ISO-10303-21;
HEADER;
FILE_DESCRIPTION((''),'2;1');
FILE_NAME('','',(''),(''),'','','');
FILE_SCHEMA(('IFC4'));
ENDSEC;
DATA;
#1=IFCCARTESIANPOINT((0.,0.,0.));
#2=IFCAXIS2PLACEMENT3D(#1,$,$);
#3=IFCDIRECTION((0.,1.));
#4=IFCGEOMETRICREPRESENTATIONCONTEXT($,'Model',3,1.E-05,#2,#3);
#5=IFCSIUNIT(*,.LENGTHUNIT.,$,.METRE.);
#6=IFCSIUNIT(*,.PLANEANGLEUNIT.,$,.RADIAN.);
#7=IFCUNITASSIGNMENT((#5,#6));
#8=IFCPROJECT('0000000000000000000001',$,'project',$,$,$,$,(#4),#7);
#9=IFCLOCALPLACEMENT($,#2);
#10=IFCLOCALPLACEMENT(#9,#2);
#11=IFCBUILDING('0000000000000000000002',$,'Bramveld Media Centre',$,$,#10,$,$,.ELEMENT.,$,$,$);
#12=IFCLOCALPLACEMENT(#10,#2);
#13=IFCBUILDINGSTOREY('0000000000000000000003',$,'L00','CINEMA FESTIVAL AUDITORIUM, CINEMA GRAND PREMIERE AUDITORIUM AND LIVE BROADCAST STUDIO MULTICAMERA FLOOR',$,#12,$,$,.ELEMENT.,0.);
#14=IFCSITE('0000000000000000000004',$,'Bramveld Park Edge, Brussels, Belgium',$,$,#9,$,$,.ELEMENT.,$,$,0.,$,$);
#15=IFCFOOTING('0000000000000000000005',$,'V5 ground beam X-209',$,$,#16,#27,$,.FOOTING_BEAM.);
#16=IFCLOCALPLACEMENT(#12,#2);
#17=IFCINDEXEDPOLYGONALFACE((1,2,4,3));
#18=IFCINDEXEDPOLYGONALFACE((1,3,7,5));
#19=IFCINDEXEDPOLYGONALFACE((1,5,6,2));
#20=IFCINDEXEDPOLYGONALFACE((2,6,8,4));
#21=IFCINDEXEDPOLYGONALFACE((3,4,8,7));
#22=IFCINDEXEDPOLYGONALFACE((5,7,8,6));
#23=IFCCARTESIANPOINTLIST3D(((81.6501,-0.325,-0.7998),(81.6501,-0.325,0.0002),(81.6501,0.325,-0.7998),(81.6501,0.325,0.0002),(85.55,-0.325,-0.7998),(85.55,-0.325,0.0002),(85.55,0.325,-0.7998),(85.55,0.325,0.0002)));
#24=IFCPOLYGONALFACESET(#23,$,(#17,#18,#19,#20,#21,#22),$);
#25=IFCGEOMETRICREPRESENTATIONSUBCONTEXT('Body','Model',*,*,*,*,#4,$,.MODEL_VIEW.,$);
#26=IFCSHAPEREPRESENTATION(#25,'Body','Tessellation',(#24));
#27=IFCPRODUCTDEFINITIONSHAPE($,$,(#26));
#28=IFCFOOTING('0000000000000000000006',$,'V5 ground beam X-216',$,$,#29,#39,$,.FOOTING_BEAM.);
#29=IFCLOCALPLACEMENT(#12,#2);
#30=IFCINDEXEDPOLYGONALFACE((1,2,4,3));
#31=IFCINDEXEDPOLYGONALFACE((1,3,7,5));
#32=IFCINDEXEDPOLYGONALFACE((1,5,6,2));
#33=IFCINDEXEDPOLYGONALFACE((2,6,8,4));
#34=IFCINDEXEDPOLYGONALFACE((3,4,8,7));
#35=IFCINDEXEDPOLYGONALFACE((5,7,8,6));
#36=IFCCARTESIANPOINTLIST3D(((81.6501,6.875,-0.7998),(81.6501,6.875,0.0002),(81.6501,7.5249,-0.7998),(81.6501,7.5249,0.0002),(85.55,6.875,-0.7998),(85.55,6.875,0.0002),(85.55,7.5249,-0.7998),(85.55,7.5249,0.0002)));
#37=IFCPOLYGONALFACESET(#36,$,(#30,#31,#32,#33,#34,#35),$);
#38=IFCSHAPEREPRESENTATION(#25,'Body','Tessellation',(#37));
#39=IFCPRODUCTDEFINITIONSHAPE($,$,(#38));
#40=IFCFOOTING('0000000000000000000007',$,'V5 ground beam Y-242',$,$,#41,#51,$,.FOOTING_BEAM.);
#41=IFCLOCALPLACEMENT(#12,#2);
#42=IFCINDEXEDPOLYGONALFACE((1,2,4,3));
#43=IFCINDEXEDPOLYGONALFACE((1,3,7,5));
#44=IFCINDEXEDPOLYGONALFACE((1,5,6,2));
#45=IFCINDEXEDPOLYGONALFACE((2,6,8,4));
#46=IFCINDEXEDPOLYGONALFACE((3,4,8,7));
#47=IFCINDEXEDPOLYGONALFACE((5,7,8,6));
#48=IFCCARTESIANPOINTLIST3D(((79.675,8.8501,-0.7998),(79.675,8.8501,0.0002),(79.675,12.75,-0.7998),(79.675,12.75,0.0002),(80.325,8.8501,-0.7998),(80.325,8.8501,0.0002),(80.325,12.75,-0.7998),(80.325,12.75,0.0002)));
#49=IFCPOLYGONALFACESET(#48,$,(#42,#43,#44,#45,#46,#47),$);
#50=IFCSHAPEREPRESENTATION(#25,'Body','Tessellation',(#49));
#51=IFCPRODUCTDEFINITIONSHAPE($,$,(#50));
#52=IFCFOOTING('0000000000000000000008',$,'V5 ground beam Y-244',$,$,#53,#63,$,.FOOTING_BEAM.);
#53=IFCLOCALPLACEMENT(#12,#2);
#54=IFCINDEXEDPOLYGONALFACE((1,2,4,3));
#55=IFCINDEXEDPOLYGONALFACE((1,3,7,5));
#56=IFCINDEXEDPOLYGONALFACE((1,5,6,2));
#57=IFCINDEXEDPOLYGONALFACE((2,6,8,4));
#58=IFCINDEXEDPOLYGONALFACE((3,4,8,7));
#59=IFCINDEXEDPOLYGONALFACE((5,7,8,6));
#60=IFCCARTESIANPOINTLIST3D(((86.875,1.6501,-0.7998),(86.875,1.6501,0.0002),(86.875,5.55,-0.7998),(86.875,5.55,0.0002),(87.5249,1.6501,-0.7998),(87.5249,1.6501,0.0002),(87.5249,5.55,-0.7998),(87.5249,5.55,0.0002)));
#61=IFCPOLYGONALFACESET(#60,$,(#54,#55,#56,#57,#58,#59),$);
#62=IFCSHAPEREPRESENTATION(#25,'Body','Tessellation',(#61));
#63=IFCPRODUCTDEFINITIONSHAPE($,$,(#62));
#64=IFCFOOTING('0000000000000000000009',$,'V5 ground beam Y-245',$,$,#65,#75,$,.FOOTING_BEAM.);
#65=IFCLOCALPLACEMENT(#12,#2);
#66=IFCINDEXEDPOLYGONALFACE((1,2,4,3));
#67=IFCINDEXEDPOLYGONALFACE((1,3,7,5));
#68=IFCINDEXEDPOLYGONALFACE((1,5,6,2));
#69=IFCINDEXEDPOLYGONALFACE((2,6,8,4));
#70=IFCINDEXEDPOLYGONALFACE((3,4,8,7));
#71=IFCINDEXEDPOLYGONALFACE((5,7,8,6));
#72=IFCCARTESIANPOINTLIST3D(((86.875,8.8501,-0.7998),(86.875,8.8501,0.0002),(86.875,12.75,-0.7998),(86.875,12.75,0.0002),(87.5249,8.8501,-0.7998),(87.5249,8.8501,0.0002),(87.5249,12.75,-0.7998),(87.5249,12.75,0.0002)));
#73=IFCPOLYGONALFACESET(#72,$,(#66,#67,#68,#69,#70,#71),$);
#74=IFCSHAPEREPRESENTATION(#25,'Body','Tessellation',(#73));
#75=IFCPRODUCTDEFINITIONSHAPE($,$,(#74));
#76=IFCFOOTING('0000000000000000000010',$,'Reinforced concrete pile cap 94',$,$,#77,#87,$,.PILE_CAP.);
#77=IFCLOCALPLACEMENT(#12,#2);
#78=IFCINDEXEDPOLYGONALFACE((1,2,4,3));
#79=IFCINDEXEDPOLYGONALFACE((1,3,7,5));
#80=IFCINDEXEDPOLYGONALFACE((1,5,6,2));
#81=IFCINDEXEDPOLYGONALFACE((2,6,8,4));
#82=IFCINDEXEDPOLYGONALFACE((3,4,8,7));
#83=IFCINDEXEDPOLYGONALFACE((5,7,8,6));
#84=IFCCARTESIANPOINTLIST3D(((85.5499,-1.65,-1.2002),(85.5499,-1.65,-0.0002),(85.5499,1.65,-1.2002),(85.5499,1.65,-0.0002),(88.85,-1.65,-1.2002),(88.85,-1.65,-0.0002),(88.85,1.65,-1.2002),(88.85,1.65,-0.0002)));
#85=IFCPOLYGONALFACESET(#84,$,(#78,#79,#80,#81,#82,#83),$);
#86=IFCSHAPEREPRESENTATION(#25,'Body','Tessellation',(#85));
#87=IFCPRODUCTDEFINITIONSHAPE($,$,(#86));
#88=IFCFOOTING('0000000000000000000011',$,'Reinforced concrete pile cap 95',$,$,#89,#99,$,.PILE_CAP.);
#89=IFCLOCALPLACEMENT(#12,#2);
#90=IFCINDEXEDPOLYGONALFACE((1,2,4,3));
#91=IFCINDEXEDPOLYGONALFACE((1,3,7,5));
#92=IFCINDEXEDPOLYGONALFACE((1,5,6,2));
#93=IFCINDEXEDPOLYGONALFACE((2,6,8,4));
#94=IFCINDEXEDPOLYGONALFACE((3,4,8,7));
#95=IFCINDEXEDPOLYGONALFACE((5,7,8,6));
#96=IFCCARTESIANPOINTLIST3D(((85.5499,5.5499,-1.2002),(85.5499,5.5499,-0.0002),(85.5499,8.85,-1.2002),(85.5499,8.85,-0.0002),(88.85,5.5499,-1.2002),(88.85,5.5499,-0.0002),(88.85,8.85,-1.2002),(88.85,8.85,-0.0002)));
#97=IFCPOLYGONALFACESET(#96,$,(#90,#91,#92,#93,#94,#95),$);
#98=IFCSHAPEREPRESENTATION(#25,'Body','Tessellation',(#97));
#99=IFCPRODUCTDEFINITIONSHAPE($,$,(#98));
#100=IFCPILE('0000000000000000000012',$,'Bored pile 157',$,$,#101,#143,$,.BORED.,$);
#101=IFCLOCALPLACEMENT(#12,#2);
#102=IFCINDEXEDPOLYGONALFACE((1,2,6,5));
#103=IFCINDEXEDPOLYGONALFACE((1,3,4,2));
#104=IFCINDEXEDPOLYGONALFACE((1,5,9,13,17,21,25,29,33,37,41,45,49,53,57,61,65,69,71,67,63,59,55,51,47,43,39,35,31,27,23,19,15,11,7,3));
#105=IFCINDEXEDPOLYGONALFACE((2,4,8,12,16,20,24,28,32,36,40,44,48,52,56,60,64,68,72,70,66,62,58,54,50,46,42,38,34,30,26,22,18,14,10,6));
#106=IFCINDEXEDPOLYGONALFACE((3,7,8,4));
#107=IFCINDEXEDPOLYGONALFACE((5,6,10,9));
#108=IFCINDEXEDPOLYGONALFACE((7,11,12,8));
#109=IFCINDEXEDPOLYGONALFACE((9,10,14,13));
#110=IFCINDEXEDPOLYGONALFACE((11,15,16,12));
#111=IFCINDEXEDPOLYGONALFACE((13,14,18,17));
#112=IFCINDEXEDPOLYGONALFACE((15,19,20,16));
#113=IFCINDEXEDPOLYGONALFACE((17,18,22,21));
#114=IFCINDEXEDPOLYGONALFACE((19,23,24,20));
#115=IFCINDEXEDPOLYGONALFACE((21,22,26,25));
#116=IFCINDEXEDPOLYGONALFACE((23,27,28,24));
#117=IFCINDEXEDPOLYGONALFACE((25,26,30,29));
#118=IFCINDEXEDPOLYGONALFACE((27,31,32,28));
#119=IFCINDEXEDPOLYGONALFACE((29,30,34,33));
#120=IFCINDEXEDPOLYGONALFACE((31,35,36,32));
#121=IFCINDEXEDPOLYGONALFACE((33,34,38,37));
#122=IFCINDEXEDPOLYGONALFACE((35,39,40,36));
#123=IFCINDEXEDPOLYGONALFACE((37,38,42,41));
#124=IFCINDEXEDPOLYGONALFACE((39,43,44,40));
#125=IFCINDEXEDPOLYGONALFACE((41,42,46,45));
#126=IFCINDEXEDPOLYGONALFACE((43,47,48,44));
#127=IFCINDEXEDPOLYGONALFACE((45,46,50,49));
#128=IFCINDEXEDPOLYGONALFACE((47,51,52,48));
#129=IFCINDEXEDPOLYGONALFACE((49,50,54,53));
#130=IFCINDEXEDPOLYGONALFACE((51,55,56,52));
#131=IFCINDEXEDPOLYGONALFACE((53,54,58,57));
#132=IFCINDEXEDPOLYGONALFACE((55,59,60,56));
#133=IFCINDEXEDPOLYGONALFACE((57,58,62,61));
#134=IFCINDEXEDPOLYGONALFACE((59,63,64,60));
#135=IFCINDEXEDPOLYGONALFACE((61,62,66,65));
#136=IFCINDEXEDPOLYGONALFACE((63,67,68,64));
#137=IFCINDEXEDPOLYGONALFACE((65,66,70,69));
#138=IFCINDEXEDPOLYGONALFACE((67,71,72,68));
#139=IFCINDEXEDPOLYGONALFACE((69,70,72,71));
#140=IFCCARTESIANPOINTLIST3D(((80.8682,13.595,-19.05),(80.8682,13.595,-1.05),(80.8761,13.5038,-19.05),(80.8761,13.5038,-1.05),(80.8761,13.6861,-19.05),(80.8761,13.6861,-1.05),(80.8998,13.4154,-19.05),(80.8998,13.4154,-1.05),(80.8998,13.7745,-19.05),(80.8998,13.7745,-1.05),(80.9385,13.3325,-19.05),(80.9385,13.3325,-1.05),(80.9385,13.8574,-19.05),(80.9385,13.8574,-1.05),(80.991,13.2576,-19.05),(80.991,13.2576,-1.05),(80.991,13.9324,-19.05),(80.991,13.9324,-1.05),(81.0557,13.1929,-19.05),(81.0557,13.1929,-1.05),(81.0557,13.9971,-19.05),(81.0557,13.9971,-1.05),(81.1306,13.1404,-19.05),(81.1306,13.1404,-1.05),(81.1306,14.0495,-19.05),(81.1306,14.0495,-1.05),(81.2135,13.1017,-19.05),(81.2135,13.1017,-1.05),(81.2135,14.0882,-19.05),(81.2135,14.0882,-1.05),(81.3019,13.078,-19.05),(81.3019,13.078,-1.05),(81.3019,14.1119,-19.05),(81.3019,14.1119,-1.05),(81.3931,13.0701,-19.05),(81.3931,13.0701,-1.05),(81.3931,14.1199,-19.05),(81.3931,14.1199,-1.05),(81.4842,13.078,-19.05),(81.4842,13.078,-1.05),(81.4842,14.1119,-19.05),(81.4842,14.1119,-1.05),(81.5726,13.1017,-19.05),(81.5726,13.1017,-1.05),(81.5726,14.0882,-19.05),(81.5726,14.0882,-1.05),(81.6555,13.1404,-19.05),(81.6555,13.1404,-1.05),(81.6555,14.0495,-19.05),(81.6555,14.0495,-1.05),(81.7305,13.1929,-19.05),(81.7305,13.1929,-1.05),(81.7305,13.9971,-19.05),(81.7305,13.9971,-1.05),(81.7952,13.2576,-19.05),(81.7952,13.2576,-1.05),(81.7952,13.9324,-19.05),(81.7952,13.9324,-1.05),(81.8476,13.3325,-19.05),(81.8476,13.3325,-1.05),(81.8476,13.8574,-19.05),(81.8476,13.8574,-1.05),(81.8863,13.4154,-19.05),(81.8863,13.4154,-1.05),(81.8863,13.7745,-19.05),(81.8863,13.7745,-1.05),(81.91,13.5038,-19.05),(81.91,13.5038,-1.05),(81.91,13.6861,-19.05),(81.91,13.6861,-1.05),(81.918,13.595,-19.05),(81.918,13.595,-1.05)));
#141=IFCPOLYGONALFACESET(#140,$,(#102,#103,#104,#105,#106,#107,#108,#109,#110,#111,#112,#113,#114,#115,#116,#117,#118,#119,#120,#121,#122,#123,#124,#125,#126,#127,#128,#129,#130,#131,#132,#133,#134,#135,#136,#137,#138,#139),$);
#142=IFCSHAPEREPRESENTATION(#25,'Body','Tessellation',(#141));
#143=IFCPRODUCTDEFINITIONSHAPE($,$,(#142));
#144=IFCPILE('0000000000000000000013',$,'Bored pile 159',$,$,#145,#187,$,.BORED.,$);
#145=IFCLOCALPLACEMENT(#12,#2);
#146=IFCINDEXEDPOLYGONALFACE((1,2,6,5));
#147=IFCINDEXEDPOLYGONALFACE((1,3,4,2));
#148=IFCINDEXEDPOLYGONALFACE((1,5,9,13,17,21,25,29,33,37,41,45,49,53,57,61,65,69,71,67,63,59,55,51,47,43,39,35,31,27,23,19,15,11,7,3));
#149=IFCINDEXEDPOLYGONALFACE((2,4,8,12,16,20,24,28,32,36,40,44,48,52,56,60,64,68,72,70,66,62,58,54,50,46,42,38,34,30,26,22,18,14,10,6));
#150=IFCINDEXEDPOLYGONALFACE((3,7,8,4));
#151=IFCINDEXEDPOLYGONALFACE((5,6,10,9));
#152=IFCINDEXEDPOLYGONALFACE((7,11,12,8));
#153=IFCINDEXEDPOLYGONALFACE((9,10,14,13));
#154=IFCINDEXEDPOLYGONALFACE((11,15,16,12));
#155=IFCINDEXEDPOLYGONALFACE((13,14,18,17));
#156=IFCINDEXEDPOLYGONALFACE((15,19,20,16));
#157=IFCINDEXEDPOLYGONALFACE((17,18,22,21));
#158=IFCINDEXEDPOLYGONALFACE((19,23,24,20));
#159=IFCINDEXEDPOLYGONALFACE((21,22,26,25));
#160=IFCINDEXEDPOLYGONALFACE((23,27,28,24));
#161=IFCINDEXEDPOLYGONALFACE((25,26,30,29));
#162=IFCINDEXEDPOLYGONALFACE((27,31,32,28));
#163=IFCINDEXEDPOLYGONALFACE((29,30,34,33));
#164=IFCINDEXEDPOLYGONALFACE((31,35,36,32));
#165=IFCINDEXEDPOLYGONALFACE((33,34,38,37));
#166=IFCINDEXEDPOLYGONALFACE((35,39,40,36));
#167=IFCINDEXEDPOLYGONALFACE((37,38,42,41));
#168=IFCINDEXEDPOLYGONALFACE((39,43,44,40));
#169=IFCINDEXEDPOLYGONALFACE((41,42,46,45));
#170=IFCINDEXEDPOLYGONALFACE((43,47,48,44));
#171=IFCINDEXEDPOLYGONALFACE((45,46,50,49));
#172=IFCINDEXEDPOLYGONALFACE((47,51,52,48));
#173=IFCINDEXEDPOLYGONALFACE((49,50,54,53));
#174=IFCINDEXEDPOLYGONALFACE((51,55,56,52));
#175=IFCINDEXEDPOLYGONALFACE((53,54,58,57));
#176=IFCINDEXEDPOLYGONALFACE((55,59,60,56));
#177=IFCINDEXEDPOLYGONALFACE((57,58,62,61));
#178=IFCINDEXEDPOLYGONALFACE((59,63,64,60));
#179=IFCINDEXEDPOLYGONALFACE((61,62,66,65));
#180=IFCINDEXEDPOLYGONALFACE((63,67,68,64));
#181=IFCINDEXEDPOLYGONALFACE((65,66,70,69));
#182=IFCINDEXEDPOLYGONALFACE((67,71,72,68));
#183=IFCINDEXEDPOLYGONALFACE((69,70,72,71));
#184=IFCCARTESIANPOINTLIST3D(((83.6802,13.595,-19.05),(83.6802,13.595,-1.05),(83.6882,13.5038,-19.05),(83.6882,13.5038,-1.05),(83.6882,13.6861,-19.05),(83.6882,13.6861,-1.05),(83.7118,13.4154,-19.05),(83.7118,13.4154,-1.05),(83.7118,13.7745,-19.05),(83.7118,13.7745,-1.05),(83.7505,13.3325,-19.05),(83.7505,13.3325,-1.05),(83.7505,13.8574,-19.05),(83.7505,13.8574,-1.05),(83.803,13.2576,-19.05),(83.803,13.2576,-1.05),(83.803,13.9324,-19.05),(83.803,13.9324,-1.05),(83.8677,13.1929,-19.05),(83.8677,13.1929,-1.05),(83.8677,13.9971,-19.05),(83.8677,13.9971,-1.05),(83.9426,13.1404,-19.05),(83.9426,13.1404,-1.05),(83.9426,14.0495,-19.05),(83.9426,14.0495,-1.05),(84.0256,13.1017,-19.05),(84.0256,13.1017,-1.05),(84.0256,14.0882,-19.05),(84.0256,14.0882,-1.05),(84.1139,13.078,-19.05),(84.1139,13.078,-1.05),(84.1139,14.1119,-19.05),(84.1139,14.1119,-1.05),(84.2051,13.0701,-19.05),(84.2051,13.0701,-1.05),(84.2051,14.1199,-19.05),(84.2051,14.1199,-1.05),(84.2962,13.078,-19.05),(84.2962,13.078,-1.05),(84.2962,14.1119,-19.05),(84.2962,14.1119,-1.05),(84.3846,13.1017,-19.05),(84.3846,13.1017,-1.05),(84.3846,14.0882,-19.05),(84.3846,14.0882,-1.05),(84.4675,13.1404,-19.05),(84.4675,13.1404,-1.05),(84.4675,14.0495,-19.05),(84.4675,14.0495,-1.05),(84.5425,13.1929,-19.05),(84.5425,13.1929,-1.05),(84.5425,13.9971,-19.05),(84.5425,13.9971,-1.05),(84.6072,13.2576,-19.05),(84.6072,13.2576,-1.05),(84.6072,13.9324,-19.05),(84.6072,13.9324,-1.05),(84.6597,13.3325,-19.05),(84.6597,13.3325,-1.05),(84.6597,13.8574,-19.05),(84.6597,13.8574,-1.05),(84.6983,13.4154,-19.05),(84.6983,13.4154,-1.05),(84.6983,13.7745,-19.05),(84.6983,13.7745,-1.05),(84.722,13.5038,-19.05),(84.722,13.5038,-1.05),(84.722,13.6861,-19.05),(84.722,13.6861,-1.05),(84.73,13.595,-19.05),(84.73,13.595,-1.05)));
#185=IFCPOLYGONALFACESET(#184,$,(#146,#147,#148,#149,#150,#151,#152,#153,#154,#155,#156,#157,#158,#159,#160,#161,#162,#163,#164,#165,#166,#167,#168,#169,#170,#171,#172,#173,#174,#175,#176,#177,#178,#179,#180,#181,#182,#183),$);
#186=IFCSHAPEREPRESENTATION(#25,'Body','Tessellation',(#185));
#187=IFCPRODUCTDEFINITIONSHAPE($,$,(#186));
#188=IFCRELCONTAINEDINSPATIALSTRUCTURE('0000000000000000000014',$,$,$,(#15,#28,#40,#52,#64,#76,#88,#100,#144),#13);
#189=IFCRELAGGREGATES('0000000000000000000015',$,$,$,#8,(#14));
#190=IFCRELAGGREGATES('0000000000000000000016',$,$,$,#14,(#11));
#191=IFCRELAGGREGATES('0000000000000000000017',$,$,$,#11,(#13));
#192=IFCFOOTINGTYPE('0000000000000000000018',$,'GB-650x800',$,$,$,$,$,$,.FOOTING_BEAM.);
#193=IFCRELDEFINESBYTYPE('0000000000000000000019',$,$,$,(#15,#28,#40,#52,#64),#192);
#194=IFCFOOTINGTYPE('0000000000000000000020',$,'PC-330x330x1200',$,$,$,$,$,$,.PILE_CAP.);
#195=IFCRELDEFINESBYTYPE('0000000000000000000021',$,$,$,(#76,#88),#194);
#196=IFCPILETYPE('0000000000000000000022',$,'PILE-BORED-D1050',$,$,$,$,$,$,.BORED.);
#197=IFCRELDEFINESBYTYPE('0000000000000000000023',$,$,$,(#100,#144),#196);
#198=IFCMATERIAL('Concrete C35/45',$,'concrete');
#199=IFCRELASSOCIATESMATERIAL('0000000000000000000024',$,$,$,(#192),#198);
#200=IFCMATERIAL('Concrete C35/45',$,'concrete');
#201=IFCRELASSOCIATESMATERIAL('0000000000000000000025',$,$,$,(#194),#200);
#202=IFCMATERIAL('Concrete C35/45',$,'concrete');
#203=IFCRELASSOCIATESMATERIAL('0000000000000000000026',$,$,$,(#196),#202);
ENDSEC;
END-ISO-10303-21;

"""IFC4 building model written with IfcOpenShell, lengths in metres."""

from ifc_helpers import new_model, si_unit, direction, frame, origin, origin_2d, place, context, subcontext, project, spatial, rectangle, circle, extrude, material, material_profile, profile_set, type_object, element, save


model = new_model("IFC4")

# Units and contexts
model_context = context("Model", 3, precision=1e-05, world=origin(), true_north=direction((0.0, 1.0)))
body_context = subcontext(model_context, "Body", "Model", "MODEL_VIEW")
ifc_project = project(units=[si_unit("LENGTHUNIT", "METRE"), si_unit("PLANEANGLEUNIT", "RADIAN")], contexts=[model_context])

# Site, building, storey
site_placement = place(None, origin())
site = spatial("IfcSite", under=ifc_project, at=site_placement, Name="Bramveld Park Edge, Brussels, Belgium", CompositionType="ELEMENT", RefElevation=0.0)
building_placement = place(site_placement, origin())
building = spatial("IfcBuilding", under=site, at=building_placement, Name="Bramveld Media Centre", CompositionType="ELEMENT")
storey_placement = place(building_placement, origin())
storey = spatial("IfcBuildingStorey", under=building, at=storey_placement, Name="L00", Description="CINEMA FESTIVAL AUDITORIUM, CINEMA GRAND PREMIERE AUDITORIUM AND LIVE BROADCAST STUDIO MULTICAMERA FLOOR", CompositionType="ELEMENT", Elevation=0.0)

# Footings
ifc_material_1 = material(Name="Concrete C35/45", Category="concrete")
footing_type_1 = type_object("IfcFootingType", Name="GB-650x800", PredefinedType="FOOTING_BEAM", material=ifc_material_1)
for number, where, z_axis, x_axis, name in (
    (1, (83.6001, 0.0, -0.7998), (0.0, 0.0, 1.0), (1.0, 0.0, 0.0), "V5 ground beam X-209"),
    (2, (83.6001, 7.2, -0.7998), (0.0, 0.0, 1.0), (1.0, 0.0, 0.0), "V5 ground beam X-216"),
):
    element("IfcFooting", number, at=place(storey_placement, frame(where, z_axis=z_axis, x_axis=x_axis)), inside=storey, type_object=footing_type_1, Name=name, PredefinedType="FOOTING_BEAM", context=body_context, shape_type="SweptSolid", body=[
        extrude(rectangle(XDim=3.8999, YDim=0.6499, at=origin_2d()), origin(), (0.0, 0.0, 1.0), 0.8),
    ])
for number, where, z_axis, x_axis, name in (
    (3, (80.0, 10.8, -0.7998), (0.0, 0.0, 1.0), (1.0, 0.0, 0.0), "V5 ground beam Y-242"),
    (4, (87.2, 3.6001, -0.7998), (0.0, 0.0, 1.0), (1.0, 0.0, 0.0), "V5 ground beam Y-244"),
    (5, (87.2, 10.8, -0.7998), (0.0, 0.0, 1.0), (1.0, 0.0, 0.0), "V5 ground beam Y-245"),
):
    element("IfcFooting", number, at=place(storey_placement, frame(where, z_axis=z_axis, x_axis=x_axis)), inside=storey, type_object=footing_type_1, Name=name, PredefinedType="FOOTING_BEAM", context=body_context, shape_type="SweptSolid", body=[
        extrude(rectangle(XDim=0.6499, YDim=3.8999, at=origin_2d()), origin(), (0.0, 0.0, 1.0), 0.8),
    ])
ifc_material_2 = material(Name="Concrete C35/45", Category="concrete")
footing_type_2 = type_object("IfcFootingType", Name="PC-330x330x1200", PredefinedType="PILE_CAP", material=ifc_material_2)
for number, where, z_axis, x_axis, name in (
    (6, (87.2, 0.0, -1.2002), (0.0, 0.0, 1.0), (1.0, 0.0, 0.0), "Reinforced concrete pile cap 94"),
    (7, (87.2, 7.2, -1.2002), (0.0, 0.0, 1.0), (1.0, 0.0, 0.0), "Reinforced concrete pile cap 95"),
):
    element("IfcFooting", number, at=place(storey_placement, frame(where, z_axis=z_axis, x_axis=x_axis)), inside=storey, type_object=footing_type_2, Name=name, PredefinedType="PILE_CAP", context=body_context, shape_type="SweptSolid", body=[
        extrude(rectangle(XDim=3.3, YDim=3.3, at=origin_2d()), origin(), (0.0, 0.0, 1.0), 1.2),
    ])

# Piles
ifc_material_3 = material(Name="Concrete C35/45", Category="concrete")
ifc_material_profile_1 = material_profile(ifc_material_3, circle(Radius=0.5249, at=origin_2d()), Name="BORED D1050")
ifc_profile_set_1 = profile_set([ifc_material_profile_1], Name="Concrete C35/45")
pile_type_1 = type_object("IfcPileType", Name="PILE-BORED-D1050", PredefinedType="BORED", material=ifc_profile_set_1)
for number, where, z_axis, x_axis, name in (
    (8, (81.3931, 13.595, -1.05), (0.0, 0.0, -1.0), (1.0, 0.0, 0.0), "Bored pile 157"),
    (9, (84.2051, 13.595, -1.05), (0.0, 0.0, -1.0), (1.0, 0.0, 0.0), "Bored pile 159"),
):
    element("IfcPile", number, at=place(storey_placement, frame(where, z_axis=z_axis, x_axis=x_axis)), inside=storey, type_object=pile_type_1, Name=name, PredefinedType="BORED", context=body_context, shape_type="SweptSolid", body=[
        extrude(circle(Radius=0.5249, at=origin_2d()), origin(), (0.0, 0.0, 1.0), 18.0),
    ])

save(model, "model.ifc")
